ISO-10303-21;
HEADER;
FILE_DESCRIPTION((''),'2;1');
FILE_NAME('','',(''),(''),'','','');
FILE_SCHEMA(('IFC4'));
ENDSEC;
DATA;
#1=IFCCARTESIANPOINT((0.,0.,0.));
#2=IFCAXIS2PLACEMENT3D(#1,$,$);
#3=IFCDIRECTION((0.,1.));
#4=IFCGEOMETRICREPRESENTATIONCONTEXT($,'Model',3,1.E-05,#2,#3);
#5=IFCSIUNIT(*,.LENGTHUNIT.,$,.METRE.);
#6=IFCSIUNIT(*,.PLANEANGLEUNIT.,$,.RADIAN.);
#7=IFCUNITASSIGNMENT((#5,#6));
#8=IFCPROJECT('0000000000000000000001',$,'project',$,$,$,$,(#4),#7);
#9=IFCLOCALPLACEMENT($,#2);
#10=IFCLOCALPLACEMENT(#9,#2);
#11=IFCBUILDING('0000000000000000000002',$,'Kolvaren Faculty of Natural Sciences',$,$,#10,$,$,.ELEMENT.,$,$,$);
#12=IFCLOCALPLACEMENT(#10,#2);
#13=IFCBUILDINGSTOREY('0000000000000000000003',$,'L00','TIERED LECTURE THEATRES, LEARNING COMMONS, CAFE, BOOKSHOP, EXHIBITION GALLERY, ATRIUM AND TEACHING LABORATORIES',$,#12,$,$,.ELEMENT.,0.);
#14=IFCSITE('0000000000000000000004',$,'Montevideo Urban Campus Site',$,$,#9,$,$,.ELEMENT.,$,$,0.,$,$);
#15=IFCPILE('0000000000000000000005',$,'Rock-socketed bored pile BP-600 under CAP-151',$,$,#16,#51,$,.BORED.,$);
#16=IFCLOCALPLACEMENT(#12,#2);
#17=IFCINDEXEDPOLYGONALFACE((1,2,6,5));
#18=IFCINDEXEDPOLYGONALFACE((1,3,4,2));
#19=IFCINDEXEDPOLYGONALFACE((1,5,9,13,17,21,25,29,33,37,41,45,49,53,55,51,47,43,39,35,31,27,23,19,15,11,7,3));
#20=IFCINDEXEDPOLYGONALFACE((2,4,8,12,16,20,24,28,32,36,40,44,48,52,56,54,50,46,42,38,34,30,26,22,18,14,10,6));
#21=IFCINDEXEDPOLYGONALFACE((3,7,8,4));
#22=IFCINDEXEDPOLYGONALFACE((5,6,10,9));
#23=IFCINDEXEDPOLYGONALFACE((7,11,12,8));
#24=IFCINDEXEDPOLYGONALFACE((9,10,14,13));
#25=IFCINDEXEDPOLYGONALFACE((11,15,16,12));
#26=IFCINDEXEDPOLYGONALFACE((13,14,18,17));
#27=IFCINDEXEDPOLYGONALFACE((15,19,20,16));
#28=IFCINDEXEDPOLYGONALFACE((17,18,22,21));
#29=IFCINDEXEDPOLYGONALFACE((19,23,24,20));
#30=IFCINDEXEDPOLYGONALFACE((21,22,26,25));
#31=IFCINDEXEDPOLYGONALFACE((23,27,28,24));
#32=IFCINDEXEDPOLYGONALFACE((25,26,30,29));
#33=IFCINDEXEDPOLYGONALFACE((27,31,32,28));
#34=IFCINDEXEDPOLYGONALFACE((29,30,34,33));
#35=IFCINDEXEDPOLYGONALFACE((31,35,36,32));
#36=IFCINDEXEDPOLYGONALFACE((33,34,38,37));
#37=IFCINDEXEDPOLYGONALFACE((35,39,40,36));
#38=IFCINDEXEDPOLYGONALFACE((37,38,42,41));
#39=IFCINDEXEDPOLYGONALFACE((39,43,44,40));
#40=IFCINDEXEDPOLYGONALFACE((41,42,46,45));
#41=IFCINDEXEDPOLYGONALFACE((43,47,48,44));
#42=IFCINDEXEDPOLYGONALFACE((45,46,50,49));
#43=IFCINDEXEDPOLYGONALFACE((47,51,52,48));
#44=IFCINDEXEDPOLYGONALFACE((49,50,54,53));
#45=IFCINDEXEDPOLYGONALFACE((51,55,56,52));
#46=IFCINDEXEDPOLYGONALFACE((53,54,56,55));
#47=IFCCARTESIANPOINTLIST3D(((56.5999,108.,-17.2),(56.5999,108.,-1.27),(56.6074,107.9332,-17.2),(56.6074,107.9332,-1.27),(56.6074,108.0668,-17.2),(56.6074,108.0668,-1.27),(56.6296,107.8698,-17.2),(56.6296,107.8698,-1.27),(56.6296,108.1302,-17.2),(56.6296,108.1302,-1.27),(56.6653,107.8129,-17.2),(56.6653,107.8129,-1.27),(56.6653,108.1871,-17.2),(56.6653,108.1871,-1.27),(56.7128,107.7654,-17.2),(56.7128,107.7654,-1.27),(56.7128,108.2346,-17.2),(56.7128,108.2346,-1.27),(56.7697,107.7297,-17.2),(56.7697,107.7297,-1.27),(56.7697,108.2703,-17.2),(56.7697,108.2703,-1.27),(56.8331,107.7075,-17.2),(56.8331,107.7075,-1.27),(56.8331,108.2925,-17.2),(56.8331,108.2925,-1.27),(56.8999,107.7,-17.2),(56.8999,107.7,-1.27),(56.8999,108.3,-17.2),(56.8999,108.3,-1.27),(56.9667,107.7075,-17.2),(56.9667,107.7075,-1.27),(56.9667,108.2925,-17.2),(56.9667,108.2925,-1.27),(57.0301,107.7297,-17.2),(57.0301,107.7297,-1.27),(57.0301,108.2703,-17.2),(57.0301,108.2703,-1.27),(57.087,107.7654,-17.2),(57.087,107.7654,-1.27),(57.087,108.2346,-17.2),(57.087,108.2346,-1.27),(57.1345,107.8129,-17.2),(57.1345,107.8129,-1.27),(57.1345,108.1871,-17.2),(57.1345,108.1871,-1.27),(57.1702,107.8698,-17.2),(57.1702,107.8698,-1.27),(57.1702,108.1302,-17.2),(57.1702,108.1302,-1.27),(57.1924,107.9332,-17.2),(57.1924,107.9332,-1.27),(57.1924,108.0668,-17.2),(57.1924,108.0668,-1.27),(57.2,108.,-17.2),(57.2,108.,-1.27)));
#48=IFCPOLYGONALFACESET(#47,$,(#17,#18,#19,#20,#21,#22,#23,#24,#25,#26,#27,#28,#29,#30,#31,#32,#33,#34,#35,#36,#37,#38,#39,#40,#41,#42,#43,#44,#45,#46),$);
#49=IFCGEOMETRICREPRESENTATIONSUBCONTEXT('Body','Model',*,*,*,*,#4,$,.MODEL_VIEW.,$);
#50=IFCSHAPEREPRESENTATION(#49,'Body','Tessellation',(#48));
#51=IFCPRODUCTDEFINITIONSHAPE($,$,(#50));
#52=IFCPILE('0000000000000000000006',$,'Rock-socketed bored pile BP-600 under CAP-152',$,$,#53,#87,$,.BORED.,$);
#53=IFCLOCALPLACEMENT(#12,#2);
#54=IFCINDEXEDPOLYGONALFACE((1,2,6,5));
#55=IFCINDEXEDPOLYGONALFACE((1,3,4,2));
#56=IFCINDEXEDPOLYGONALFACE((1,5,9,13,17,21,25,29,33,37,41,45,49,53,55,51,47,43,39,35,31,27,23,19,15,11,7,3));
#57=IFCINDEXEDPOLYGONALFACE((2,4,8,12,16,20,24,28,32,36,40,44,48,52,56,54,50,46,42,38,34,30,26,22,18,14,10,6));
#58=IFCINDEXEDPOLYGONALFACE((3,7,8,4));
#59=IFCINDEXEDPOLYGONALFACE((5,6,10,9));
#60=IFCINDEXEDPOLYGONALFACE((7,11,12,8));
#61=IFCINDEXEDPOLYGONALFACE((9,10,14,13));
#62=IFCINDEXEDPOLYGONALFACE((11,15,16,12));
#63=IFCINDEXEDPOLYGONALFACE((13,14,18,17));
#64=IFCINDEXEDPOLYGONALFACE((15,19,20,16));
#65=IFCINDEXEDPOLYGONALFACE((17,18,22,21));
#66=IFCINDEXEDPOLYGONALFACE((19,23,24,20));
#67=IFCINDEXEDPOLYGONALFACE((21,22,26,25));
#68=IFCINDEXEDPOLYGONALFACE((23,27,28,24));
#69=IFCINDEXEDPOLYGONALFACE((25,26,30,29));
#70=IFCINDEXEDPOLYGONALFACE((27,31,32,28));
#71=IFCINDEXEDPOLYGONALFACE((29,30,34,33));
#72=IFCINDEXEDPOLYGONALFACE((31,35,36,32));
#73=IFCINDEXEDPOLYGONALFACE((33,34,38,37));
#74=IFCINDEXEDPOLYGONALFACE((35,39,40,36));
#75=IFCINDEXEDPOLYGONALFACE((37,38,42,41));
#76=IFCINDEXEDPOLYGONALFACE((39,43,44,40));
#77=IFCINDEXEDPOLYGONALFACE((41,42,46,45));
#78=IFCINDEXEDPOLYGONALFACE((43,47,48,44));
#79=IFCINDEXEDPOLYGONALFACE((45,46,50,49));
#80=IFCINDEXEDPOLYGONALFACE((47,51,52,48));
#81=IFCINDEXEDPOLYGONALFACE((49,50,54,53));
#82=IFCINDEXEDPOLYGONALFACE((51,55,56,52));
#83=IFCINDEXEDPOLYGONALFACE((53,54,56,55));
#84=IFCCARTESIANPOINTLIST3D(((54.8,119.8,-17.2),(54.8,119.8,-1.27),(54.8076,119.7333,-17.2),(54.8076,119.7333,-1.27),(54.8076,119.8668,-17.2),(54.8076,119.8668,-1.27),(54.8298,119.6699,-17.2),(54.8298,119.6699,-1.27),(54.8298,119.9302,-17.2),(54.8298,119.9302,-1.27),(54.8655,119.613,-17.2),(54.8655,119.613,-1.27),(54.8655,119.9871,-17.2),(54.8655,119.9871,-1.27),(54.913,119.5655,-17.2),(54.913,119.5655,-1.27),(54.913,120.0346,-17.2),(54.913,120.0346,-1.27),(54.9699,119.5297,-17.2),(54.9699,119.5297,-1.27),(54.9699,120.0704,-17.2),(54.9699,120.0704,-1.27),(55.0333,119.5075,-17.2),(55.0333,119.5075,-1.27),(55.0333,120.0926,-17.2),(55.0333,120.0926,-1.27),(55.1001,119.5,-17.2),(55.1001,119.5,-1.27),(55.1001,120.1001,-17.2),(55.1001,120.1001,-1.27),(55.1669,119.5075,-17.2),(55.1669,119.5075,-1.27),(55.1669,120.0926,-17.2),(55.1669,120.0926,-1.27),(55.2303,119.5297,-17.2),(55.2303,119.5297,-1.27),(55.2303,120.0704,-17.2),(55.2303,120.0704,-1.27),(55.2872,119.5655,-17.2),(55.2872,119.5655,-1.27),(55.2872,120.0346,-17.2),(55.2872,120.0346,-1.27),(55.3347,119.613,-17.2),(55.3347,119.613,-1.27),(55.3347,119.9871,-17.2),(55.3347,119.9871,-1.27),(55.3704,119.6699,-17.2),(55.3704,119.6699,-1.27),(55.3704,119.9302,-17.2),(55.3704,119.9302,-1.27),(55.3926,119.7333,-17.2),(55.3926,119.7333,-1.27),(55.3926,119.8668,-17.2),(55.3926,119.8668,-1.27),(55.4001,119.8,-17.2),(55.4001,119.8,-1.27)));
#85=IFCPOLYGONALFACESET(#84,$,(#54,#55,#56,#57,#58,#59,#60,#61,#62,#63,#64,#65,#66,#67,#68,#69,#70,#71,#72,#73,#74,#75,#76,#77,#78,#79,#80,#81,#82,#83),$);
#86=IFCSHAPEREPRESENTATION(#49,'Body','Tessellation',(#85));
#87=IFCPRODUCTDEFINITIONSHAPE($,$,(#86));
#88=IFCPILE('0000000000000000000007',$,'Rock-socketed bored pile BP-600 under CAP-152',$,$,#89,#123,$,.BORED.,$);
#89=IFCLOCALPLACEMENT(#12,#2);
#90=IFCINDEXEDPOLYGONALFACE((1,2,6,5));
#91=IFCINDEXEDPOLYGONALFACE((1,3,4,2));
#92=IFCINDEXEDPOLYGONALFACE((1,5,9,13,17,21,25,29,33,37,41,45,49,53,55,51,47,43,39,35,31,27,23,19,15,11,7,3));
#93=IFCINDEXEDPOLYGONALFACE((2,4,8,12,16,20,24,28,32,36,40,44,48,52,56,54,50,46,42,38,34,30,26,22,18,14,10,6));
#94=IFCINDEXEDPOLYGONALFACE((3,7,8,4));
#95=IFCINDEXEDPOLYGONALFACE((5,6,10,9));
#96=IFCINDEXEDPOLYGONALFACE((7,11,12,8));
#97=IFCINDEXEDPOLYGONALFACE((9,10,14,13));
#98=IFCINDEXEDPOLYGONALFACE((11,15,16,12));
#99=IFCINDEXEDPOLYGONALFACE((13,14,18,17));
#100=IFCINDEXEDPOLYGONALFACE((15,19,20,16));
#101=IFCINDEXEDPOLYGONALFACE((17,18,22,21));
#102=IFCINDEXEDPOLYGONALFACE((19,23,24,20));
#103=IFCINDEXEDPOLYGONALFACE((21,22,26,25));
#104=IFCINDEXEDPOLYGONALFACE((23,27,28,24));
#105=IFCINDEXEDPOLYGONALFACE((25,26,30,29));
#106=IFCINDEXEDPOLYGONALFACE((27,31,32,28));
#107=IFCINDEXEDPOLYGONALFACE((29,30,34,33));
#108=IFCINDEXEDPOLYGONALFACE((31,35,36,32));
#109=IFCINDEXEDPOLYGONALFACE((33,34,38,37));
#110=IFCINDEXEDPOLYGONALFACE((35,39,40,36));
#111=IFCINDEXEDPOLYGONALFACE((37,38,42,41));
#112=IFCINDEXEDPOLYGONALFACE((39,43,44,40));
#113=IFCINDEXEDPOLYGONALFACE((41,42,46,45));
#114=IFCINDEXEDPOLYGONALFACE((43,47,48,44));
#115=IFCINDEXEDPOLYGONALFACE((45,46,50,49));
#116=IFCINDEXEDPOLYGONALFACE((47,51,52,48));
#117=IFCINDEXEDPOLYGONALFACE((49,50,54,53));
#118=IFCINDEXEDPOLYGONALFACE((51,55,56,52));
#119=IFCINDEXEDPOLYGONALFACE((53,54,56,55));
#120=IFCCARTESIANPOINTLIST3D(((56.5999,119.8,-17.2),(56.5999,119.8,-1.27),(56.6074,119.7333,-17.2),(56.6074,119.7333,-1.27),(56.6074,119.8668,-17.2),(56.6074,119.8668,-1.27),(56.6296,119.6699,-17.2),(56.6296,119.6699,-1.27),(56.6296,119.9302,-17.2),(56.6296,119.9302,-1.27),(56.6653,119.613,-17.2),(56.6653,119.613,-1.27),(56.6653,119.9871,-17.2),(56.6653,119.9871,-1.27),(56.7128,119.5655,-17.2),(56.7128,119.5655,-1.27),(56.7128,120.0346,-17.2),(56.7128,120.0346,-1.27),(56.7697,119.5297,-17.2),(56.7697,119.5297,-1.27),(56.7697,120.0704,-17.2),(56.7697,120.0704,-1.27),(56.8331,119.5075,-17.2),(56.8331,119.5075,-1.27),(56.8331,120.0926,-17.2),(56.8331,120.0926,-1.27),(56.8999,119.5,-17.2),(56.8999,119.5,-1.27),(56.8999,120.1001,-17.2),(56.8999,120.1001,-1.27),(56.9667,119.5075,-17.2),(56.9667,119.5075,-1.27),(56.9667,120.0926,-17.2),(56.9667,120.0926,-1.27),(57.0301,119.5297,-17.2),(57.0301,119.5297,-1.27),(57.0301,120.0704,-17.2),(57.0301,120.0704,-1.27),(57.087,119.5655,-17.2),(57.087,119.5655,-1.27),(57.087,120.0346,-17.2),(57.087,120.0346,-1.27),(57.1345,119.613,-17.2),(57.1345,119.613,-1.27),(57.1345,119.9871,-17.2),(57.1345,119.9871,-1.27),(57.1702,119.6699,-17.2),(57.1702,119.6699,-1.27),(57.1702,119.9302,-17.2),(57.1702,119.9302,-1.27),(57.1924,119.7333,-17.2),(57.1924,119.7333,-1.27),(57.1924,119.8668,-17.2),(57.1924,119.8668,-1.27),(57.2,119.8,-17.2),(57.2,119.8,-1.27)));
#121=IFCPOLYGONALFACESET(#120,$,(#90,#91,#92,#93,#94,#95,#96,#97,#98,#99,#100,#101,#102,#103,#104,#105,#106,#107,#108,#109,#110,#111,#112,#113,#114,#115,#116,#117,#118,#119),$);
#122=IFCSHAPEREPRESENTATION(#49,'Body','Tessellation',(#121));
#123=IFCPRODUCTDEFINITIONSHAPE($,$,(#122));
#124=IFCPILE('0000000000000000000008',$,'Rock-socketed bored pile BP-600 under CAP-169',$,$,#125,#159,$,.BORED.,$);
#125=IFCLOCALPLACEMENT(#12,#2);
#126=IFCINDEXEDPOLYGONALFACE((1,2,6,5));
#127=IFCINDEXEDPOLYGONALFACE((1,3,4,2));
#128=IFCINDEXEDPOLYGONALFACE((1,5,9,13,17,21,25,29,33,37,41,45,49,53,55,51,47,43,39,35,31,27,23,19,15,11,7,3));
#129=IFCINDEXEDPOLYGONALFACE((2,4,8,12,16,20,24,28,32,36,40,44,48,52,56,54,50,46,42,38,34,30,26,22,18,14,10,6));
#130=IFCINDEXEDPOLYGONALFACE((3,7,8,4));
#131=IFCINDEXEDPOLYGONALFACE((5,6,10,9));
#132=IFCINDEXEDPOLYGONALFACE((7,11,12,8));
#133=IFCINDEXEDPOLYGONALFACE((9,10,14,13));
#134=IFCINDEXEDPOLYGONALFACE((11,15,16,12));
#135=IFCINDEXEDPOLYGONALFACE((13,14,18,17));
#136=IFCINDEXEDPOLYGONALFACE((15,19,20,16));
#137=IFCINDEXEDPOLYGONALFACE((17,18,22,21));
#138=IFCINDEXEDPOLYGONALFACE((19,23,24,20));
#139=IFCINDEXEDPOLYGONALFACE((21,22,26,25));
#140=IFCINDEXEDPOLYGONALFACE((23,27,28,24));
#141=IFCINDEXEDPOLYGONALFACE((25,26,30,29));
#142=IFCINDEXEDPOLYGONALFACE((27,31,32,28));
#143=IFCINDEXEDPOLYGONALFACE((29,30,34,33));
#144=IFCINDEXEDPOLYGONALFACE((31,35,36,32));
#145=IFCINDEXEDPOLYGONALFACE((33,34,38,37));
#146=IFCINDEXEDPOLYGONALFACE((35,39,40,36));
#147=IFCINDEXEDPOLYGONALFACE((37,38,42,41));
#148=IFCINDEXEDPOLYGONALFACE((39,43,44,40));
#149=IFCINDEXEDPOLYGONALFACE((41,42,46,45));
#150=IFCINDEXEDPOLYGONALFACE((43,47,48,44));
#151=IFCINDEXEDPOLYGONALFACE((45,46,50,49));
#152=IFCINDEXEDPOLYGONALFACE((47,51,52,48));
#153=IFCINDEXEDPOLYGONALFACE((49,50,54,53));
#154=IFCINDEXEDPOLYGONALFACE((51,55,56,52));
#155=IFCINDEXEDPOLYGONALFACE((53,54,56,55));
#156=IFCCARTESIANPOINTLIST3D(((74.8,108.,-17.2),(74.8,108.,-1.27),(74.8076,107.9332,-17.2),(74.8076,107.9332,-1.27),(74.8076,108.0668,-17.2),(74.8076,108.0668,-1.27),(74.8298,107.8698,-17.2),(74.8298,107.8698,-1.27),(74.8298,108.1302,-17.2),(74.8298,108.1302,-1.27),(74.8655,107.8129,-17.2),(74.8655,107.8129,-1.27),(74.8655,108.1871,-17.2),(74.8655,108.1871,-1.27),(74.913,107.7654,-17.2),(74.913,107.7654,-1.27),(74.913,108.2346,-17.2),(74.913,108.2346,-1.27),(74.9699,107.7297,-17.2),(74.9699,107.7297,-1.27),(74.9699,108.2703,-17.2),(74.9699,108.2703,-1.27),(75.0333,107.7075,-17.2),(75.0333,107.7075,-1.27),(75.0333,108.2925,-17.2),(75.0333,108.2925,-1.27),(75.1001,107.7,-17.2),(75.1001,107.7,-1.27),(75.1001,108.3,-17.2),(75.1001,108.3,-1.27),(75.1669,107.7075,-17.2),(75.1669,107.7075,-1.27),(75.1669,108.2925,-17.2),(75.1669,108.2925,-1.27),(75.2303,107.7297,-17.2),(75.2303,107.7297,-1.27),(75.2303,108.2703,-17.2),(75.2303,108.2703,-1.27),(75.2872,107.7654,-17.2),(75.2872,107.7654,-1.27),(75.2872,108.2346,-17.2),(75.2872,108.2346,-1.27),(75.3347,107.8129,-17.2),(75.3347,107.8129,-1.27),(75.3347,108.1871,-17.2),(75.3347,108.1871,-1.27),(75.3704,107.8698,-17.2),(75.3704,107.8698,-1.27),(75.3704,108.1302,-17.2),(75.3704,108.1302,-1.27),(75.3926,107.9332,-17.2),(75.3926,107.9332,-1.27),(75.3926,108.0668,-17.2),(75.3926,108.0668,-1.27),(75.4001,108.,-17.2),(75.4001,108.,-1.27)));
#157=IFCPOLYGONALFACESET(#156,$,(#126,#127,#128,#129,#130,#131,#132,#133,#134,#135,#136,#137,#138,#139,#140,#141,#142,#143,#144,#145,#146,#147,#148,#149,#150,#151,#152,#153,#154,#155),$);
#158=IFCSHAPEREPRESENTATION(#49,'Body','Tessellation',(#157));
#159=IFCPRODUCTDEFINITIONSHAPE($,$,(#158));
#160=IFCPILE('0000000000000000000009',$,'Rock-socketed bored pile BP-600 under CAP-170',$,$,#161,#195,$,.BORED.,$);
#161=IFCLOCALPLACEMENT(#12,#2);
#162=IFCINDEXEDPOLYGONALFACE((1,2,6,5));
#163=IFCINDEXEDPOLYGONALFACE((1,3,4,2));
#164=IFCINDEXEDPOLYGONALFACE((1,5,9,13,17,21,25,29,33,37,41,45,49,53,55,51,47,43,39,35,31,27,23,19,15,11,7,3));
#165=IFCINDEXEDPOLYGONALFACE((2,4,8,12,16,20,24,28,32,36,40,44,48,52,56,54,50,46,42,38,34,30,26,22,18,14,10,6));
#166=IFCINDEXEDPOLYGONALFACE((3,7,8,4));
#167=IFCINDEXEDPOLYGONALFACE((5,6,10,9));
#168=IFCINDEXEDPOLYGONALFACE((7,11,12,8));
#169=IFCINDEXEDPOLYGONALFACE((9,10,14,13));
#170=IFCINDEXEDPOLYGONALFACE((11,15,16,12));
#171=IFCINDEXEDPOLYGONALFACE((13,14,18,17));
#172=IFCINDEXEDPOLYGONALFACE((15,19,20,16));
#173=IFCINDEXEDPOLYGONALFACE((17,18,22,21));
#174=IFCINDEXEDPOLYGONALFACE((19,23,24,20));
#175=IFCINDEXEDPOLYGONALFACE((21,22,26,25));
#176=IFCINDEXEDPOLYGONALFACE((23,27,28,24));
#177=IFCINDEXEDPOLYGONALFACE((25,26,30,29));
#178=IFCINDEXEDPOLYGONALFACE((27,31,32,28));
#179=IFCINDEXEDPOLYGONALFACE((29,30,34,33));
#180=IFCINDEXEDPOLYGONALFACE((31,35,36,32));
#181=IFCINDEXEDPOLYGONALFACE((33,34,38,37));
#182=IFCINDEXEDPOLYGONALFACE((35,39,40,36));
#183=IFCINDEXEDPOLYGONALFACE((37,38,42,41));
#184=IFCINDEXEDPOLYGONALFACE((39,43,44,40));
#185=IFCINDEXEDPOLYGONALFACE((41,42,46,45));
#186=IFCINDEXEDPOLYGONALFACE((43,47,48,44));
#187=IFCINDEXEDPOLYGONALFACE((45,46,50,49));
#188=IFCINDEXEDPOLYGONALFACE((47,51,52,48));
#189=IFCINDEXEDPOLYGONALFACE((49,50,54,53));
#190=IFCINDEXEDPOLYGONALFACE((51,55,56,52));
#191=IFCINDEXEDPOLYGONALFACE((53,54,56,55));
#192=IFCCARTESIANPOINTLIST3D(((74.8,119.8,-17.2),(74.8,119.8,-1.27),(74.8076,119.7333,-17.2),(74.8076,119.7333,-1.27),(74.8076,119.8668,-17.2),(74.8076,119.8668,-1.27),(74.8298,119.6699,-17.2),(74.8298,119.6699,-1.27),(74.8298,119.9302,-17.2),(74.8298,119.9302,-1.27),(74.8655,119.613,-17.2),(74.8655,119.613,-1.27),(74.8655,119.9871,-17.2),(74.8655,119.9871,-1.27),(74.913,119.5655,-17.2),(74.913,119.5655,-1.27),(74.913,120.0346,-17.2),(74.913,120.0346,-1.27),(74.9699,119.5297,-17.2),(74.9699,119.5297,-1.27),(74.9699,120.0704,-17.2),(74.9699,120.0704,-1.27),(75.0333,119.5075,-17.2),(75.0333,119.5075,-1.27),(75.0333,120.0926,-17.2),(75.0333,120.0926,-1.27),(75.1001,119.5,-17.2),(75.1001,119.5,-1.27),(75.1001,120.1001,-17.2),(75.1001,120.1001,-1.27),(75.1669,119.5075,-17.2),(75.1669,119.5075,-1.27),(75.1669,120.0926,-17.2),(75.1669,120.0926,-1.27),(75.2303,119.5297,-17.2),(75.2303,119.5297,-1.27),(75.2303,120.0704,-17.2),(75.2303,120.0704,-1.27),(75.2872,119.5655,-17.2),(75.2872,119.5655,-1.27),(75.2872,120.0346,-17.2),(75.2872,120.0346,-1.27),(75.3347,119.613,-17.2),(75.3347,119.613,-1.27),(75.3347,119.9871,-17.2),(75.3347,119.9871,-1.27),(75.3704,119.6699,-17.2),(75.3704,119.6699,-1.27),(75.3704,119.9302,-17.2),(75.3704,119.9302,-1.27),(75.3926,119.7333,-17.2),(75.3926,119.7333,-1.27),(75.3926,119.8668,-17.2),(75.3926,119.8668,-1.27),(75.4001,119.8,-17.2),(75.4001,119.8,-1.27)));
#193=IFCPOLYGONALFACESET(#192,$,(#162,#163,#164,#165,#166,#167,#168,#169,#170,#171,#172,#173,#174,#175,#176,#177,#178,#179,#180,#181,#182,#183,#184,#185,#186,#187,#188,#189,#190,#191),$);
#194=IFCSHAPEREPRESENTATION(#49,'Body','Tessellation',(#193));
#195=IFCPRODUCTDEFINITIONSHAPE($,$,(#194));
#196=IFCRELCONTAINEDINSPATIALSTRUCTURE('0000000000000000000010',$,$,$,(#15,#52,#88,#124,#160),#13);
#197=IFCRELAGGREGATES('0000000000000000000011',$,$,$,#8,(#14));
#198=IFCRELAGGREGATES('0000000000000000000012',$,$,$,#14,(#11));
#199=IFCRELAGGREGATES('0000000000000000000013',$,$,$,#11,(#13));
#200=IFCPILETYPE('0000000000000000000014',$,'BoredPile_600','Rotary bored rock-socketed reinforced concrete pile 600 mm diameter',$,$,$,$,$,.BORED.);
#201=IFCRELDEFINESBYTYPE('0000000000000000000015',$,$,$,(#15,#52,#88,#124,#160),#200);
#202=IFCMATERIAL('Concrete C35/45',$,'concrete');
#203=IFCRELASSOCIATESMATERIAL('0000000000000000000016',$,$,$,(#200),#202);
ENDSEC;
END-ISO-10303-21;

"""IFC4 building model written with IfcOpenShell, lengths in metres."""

from ifc_helpers import new_model, si_unit, direction, frame, origin, origin_2d, place, context, subcontext, project, spatial, circle, extrude, material, material_profile, profile_set, type_object, element, save


model = new_model("IFC4")

# Units and contexts
model_context = context("Model", 3, precision=1e-05, world=origin(), true_north=direction((0.0, 1.0)))
body_context = subcontext(model_context, "Body", "Model", "MODEL_VIEW")
ifc_project = project(units=[si_unit("LENGTHUNIT", "METRE"), si_unit("PLANEANGLEUNIT", "RADIAN")], contexts=[model_context])

# Site, building, storey
site_placement = place(None, origin())
site = spatial("IfcSite", under=ifc_project, at=site_placement, Name="Montevideo Urban Campus Site", CompositionType="ELEMENT", RefElevation=0.0)
building_placement = place(site_placement, origin())
building = spatial("IfcBuilding", under=site, at=building_placement, Name="Kolvaren Faculty of Natural Sciences", CompositionType="ELEMENT")
storey_placement = place(building_placement, origin())
storey = spatial("IfcBuildingStorey", under=building, at=storey_placement, Name="L00", Description="TIERED LECTURE THEATRES, LEARNING COMMONS, CAFE, BOOKSHOP, EXHIBITION GALLERY, ATRIUM AND TEACHING LABORATORIES", CompositionType="ELEMENT", Elevation=0.0)

# Piles
ifc_material_1 = material(Name="Concrete C35/45", Category="concrete")
ifc_material_profile_1 = material_profile(ifc_material_1, circle(Radius=0.3, at=origin_2d()), Name="PILE D600")
ifc_profile_set_1 = profile_set([ifc_material_profile_1], Name="Concrete C35/45")
pile_type_1 = type_object("IfcPileType", Name="BoredPile_600", Description="Rotary bored rock-socketed reinforced concrete pile 600 mm diameter", PredefinedType="BORED", material=ifc_profile_set_1)
for number, where, z_axis, x_axis, name in (
    (1, (56.8999, 108.0, -1.27), (0.0, 0.0, -1.0), (1.0, 0.0, 0.0), "Rock-socketed bored pile BP-600 under CAP-151"),
    (2, (55.1001, 119.8, -1.27), (0.0, 0.0, -1.0), (1.0, 0.0, 0.0), "Rock-socketed bored pile BP-600 under CAP-152"),
    (3, (56.8999, 119.8, -1.27), (0.0, 0.0, -1.0), (1.0, 0.0, 0.0), "Rock-socketed bored pile BP-600 under CAP-152"),
    (4, (75.1001, 108.0, -1.27), (0.0, 0.0, -1.0), (1.0, 0.0, 0.0), "Rock-socketed bored pile BP-600 under CAP-169"),
    (5, (75.1001, 119.8, -1.27), (0.0, 0.0, -1.0), (1.0, 0.0, 0.0), "Rock-socketed bored pile BP-600 under CAP-170"),
):
    element("IfcPile", number, at=place(storey_placement, frame(where, z_axis=z_axis, x_axis=x_axis)), inside=storey, type_object=pile_type_1, Name=name, PredefinedType="BORED", context=body_context, shape_type="SweptSolid", body=[
        extrude(circle(Radius=0.3, at=origin_2d()), origin(), (0.0, 0.0, 1.0), 15.9299),
    ])

save(model, "model.ifc")
